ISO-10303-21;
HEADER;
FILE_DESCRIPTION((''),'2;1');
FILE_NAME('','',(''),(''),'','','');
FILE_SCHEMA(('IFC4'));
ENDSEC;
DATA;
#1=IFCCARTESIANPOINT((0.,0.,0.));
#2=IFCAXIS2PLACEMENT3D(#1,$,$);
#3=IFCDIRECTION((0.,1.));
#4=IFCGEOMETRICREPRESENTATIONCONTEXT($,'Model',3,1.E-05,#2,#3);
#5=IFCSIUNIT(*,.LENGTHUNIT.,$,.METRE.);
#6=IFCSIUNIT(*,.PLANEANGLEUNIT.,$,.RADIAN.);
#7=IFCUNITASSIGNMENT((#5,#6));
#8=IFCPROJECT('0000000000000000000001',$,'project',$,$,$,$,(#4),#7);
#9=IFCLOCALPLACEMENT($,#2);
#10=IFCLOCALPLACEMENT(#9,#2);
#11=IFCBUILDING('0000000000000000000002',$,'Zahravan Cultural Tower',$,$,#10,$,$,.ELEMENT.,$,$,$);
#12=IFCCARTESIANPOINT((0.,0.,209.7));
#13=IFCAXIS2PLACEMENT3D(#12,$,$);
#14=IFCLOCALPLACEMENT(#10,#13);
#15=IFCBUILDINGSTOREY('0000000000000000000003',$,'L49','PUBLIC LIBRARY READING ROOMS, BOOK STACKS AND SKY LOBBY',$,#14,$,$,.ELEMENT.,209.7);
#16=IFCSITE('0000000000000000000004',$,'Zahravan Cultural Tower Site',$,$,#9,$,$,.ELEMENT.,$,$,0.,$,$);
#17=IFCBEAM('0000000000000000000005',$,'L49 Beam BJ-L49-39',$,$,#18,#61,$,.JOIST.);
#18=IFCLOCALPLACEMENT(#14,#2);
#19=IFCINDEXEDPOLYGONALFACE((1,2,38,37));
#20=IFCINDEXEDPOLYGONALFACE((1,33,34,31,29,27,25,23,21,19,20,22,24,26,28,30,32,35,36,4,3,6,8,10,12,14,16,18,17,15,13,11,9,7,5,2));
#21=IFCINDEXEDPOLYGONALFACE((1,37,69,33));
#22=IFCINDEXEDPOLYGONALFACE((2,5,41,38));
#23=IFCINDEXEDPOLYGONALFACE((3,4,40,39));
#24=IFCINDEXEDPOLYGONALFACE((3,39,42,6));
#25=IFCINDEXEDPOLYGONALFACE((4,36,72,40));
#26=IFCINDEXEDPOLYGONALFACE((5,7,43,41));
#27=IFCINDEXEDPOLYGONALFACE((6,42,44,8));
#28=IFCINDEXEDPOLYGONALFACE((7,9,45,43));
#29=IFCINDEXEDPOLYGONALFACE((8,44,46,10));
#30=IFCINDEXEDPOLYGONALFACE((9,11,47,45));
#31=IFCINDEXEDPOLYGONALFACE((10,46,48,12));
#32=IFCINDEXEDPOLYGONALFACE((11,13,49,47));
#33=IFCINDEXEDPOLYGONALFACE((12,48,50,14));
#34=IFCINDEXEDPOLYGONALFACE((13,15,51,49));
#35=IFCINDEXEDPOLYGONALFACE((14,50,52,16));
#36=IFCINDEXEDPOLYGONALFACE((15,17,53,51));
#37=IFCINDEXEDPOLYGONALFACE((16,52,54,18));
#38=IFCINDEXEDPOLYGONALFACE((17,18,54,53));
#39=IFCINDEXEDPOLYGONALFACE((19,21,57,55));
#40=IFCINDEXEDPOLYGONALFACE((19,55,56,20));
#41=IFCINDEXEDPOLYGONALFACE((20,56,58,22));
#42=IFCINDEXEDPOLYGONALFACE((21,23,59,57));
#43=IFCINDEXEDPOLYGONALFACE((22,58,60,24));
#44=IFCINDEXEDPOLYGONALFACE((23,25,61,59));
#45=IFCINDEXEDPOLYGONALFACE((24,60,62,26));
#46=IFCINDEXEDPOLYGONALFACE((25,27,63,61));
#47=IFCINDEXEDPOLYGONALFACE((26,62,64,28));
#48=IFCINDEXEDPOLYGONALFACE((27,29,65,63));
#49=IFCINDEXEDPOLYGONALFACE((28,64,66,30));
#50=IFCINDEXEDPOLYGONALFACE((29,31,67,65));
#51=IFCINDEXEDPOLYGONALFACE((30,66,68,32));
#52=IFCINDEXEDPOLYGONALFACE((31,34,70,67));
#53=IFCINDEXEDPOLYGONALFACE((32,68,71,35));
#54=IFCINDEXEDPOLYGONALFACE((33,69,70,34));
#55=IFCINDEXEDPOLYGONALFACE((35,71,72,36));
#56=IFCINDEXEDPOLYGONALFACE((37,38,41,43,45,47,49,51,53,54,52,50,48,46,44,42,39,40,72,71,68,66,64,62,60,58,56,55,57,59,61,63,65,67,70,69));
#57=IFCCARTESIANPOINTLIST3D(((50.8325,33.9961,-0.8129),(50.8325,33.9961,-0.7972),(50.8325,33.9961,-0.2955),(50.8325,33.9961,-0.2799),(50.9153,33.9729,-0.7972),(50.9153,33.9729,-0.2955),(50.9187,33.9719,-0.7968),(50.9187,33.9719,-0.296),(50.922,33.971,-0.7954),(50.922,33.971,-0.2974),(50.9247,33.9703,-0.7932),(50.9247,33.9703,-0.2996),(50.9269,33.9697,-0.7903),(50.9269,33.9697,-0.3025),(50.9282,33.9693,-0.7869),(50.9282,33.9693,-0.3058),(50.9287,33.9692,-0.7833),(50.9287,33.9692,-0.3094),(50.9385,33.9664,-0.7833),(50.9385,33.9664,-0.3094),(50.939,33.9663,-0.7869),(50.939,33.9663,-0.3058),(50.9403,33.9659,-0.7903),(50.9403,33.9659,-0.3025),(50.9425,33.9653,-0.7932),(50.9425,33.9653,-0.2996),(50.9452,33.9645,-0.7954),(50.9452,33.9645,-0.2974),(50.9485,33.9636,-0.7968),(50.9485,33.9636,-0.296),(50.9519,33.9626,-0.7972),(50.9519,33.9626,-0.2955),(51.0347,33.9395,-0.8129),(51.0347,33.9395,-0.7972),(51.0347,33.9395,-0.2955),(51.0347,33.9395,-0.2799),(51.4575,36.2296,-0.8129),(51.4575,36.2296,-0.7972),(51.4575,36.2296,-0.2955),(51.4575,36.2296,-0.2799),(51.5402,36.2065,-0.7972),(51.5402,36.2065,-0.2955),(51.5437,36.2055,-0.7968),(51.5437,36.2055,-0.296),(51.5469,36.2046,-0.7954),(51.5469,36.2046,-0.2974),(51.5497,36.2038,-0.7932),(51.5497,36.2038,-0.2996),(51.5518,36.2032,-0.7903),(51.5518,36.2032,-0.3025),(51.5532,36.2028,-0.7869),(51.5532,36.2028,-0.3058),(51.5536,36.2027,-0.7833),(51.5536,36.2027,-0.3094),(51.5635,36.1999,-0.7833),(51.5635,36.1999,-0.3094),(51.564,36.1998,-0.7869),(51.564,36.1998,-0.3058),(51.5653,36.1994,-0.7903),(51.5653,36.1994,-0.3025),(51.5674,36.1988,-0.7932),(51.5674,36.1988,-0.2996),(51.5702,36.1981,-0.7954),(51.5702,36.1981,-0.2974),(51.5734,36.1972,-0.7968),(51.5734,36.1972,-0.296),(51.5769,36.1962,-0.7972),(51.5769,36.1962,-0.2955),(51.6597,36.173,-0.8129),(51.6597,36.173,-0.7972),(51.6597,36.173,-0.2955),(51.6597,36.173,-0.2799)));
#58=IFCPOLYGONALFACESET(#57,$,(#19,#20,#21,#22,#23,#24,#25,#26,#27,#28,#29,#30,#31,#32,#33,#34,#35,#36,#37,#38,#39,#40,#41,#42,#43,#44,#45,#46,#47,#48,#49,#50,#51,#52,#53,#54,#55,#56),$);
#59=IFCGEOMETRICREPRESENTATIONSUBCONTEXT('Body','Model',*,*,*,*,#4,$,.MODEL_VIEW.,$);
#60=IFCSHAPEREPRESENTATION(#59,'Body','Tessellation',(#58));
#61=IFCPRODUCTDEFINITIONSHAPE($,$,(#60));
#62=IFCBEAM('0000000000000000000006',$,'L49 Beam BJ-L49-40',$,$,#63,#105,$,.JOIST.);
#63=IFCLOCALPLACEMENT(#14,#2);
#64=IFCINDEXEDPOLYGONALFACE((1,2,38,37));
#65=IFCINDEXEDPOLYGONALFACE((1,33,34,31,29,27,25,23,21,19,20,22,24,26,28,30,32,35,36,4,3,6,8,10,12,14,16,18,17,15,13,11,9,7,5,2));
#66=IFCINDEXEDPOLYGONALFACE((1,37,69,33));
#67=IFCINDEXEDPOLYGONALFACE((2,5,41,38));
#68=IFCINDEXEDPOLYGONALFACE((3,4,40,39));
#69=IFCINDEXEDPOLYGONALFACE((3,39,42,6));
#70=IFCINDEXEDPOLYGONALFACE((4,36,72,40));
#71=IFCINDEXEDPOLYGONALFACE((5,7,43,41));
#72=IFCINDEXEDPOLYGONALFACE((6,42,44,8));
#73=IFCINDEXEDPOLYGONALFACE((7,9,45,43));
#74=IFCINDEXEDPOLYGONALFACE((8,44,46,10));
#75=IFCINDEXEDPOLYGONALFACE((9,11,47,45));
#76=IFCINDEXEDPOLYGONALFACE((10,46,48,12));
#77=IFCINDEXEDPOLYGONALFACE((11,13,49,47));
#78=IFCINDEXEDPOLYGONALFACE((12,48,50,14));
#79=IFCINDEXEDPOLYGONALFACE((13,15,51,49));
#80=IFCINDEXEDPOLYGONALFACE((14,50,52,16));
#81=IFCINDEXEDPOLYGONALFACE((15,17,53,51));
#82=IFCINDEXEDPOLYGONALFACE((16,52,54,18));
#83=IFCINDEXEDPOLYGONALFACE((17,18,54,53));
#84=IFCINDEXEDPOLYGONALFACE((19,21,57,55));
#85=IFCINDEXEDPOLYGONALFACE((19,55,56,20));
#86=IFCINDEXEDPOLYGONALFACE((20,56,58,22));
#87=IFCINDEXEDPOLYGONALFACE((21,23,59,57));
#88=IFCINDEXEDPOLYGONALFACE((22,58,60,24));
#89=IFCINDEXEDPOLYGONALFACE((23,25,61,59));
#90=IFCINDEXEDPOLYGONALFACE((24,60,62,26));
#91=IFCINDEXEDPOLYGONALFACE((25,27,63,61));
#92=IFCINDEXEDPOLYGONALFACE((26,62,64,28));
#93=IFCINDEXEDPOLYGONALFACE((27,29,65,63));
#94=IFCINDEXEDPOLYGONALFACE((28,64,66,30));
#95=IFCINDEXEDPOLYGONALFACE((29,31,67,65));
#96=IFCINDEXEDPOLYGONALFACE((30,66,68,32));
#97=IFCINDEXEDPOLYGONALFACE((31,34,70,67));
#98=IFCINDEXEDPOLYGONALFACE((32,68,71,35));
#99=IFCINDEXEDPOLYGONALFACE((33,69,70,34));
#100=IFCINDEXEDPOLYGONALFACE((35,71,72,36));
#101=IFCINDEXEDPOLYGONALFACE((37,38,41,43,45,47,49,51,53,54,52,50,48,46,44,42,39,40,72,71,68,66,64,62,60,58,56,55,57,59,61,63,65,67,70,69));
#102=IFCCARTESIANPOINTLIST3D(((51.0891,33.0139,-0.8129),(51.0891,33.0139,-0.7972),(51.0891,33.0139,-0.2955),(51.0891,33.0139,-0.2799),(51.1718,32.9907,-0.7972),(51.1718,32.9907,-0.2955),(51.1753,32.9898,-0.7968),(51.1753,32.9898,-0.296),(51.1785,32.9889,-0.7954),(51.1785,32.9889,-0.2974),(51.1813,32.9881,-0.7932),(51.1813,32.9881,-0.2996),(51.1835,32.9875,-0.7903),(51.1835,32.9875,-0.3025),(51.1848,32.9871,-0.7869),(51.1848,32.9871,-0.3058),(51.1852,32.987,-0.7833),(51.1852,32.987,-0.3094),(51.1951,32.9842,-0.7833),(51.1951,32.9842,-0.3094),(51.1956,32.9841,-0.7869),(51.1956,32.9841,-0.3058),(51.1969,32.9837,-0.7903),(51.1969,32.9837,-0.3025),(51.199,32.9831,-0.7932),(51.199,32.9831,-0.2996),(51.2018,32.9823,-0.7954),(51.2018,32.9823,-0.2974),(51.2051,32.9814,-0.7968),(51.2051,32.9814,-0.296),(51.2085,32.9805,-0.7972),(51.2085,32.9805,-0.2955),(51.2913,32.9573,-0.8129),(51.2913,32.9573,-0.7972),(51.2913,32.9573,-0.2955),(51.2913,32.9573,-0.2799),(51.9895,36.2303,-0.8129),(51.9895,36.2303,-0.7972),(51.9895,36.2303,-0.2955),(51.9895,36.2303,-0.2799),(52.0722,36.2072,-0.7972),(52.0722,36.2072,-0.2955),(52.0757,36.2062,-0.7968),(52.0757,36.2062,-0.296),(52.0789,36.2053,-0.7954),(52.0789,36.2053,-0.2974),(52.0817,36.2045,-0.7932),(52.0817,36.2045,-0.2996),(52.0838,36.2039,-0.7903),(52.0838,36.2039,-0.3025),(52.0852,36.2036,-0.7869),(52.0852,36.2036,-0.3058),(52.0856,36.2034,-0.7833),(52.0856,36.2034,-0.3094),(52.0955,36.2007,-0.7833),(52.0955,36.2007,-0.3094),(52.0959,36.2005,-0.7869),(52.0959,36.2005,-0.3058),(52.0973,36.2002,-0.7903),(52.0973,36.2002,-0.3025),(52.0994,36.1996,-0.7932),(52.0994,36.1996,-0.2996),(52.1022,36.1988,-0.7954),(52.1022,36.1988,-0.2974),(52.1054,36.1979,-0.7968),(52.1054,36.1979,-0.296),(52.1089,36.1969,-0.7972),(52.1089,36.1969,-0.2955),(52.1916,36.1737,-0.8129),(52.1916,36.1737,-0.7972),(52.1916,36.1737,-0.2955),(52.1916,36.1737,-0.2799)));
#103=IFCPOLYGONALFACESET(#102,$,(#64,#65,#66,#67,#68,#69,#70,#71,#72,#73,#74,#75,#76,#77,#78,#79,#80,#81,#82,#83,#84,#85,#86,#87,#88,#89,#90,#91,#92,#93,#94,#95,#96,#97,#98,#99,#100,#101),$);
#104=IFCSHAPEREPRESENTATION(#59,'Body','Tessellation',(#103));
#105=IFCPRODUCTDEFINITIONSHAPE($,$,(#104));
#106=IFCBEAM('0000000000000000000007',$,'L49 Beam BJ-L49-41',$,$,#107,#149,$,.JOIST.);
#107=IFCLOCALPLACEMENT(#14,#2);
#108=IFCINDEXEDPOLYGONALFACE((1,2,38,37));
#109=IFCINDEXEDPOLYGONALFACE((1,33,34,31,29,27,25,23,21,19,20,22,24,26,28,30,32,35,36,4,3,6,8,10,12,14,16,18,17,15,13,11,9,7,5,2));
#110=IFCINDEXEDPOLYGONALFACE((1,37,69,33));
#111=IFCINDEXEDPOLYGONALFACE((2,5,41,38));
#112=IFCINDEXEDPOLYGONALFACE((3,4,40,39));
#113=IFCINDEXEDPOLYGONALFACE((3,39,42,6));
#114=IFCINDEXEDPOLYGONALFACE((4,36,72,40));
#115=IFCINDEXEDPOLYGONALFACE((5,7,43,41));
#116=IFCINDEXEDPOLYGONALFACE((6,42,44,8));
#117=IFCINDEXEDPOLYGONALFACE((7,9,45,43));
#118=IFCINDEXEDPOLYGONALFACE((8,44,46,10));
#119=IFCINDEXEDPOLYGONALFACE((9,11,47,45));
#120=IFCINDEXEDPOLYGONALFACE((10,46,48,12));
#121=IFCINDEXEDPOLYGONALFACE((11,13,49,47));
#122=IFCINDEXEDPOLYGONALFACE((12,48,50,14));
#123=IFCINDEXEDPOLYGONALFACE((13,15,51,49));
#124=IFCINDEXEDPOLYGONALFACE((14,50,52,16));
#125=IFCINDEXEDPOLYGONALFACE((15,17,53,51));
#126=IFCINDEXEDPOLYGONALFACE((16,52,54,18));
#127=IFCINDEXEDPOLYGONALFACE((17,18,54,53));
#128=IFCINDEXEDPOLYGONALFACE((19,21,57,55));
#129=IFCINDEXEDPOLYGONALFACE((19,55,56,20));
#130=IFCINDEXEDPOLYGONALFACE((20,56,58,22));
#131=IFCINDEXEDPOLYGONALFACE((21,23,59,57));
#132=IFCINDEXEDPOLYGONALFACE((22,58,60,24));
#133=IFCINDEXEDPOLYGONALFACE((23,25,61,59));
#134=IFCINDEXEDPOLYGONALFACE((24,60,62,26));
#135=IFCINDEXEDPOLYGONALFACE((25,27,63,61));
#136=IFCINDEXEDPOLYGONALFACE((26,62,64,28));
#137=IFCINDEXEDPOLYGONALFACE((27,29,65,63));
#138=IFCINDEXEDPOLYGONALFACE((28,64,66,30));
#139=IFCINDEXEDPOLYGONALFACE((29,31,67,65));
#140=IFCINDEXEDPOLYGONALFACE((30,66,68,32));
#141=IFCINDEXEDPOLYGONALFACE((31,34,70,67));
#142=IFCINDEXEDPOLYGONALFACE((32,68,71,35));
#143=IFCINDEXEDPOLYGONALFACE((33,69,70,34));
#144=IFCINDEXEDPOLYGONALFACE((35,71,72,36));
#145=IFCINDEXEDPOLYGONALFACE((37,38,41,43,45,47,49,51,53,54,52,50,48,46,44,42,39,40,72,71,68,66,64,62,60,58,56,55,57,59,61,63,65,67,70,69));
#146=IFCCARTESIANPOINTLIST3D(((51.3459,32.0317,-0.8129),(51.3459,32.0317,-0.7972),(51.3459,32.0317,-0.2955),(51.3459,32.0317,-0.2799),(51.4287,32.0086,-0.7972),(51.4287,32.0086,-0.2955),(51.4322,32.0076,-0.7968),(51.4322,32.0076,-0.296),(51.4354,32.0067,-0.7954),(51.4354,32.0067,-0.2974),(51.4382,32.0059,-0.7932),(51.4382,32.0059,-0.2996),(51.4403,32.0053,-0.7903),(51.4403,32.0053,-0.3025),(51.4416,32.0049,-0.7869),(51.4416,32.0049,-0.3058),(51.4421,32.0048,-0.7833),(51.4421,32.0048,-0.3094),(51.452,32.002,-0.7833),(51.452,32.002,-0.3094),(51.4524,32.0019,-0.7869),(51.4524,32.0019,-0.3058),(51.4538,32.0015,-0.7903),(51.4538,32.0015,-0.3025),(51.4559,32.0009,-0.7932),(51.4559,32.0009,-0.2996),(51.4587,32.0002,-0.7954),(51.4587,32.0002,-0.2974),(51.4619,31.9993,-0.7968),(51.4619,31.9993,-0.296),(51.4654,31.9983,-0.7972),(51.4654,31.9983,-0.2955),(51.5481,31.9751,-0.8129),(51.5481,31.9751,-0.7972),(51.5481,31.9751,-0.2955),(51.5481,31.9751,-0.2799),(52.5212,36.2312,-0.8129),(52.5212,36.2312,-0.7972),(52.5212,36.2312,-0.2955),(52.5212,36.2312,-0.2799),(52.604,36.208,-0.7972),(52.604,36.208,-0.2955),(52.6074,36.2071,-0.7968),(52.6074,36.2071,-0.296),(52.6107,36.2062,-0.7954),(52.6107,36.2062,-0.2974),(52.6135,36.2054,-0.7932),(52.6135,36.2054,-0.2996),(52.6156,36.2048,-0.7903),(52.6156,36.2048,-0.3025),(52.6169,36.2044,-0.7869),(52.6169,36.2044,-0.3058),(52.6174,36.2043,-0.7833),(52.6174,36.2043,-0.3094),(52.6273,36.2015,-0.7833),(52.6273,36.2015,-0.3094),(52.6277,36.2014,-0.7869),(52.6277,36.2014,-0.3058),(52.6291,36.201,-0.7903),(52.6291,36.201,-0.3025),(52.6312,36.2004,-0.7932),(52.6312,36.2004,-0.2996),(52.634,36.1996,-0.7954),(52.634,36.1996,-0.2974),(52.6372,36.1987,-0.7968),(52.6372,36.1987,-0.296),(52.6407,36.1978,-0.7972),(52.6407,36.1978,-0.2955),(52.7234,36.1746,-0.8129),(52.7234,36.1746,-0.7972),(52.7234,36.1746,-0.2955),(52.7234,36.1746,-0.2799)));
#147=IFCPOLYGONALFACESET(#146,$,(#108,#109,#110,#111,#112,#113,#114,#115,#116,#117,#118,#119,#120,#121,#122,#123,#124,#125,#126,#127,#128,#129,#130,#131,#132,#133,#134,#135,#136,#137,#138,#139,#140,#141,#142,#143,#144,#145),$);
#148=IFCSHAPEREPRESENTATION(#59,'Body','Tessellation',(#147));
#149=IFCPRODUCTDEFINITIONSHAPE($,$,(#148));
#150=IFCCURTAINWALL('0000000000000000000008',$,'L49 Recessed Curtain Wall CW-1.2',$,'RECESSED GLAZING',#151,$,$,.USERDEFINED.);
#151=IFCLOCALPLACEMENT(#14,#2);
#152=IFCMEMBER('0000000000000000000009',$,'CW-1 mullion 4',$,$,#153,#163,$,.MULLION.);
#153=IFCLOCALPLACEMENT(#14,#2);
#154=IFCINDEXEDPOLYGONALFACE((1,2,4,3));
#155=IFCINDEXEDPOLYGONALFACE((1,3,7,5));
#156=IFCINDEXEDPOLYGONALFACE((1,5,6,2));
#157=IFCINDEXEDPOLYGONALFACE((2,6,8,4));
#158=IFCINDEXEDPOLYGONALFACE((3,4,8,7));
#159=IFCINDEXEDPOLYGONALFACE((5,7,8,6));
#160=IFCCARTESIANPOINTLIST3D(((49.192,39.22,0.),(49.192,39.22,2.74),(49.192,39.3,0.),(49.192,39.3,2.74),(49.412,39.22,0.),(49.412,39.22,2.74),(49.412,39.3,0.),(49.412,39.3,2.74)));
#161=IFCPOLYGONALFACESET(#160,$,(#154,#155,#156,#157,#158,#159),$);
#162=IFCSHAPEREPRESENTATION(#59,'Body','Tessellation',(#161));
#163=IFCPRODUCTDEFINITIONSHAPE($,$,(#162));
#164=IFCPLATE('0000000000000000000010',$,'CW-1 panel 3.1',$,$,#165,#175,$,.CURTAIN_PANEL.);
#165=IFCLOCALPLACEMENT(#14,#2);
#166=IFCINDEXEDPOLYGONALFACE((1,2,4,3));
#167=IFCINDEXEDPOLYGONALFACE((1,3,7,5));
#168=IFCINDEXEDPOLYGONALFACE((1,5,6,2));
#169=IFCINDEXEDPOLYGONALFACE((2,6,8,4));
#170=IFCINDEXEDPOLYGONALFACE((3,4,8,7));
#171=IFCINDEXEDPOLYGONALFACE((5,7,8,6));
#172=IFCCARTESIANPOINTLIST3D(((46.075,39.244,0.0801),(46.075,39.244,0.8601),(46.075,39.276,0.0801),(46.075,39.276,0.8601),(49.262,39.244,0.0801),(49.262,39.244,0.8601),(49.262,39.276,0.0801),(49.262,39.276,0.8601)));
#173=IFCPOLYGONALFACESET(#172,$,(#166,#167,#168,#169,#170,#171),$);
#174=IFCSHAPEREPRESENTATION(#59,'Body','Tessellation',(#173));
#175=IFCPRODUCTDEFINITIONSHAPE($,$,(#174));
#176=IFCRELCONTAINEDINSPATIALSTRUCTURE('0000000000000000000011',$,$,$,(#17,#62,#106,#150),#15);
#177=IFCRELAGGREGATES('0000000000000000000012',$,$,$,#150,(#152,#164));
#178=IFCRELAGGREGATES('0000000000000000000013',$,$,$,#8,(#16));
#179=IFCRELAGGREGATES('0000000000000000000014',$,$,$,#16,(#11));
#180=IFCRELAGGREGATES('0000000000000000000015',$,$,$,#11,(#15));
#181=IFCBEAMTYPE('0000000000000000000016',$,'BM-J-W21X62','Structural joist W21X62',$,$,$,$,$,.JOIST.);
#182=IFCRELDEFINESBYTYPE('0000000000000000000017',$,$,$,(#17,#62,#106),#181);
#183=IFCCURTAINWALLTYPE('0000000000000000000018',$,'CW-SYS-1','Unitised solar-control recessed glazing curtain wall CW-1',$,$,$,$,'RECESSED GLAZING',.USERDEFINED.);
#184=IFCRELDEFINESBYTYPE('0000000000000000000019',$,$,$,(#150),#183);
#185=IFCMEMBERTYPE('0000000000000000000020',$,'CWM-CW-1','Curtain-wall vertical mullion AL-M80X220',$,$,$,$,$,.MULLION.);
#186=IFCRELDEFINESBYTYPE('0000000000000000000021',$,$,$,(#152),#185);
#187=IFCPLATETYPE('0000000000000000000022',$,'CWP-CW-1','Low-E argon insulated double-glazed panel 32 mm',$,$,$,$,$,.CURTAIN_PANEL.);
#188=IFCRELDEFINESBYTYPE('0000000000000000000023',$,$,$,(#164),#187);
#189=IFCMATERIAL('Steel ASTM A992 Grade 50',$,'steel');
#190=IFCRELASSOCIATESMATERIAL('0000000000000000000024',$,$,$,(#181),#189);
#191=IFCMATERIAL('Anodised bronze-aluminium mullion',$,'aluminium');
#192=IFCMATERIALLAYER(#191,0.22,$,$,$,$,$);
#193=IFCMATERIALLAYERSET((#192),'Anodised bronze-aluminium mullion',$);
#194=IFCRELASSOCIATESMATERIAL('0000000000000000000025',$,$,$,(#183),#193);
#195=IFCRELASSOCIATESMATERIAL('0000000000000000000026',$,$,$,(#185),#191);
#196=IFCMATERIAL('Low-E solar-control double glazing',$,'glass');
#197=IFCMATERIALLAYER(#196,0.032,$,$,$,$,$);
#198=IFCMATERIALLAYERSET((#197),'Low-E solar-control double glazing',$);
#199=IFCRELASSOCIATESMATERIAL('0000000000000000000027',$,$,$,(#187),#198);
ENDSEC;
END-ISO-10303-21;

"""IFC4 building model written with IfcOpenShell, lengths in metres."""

from ifc_helpers import new_model, si_unit, direction, frame, origin, origin_2d, place, context, subcontext, project, spatial, rectangle, i_section, extrude, source, transform, mapped, material, layer, layer_set, material_profile, profile_set, type_object, element, aggregate, save


model = new_model("IFC4")

# Units and contexts
model_context = context("Model", 3, precision=1e-05, world=origin(), true_north=direction((0.0, 1.0)))
body_context = subcontext(model_context, "Body", "Model", "MODEL_VIEW")
ifc_project = project(units=[si_unit("LENGTHUNIT", "METRE"), si_unit("PLANEANGLEUNIT", "RADIAN")], contexts=[model_context])

# Site, building, storey
site_placement = place(None, origin())
site = spatial("IfcSite", under=ifc_project, at=site_placement, Name="Zahravan Cultural Tower Site", CompositionType="ELEMENT", RefElevation=0.0)
building_placement = place(site_placement, origin())
building = spatial("IfcBuilding", under=site, at=building_placement, Name="Zahravan Cultural Tower", CompositionType="ELEMENT")
storey_placement = place(building_placement, frame((0.0, 0.0, 209.7)))
storey = spatial("IfcBuildingStorey", under=building, at=storey_placement, Name="L49", Description="PUBLIC LIBRARY READING ROOMS, BOOK STACKS AND SKY LOBBY", CompositionType="ELEMENT", Elevation=209.7)

# Beams
ifc_material_1 = material(Name="Steel ASTM A992 Grade 50", Category="steel")
ifc_material_profile_1 = material_profile(ifc_material_1, i_section(OverallWidth=0.21, OverallDepth=0.533, WebThickness=0.0103, FlangeThickness=0.0156, FilletRadius=0.0139, at=origin_2d()), Name="W21X62")
ifc_profile_set_1 = profile_set([ifc_material_profile_1], Name="Steel ASTM A992 Grade 50")
beam_type_1 = type_object("IfcBeamType", Name="BM-J-W21X62", Description="Structural joist W21X62", PredefinedType="JOIST", material=ifc_profile_set_1)
shared_shape_1 = source(origin(), body_context, "Body", "SweptSolid", [
    extrude(i_section(OverallWidth=0.21, OverallDepth=0.533, WebThickness=0.0103, FlangeThickness=0.0156, FilletRadius=0.0139, at=origin_2d()), origin(), (0.0, 0.0, 1.0), 2.3193),
])
beam_1_placement = place(storey_placement, frame((50.9336, 33.9678, -0.5464), z_axis=(0.269462, 0.963011, 0.0), x_axis=(-0.963011, 0.269462, 0.0)))
element("IfcBeam", 1, at=beam_1_placement, inside=storey, type_object=beam_type_1, Name="L49 Beam BJ-L49-39", PredefinedType="JOIST", context=body_context, shape_type="MappedRepresentation", body=[
    mapped(shared_shape_1, transform((0.0, 0.0, 0.0), x_axis=(1.0, 0.0, 0.0), y_axis=(0.0, 1.0, 0.0), z_axis=(0.0, 0.0, 1.0), scale=1.0)),
])
shared_shape_2 = source(origin(), body_context, "Body", "SweptSolid", [
    extrude(i_section(OverallWidth=0.21, OverallDepth=0.533, WebThickness=0.0103, FlangeThickness=0.0156, FilletRadius=0.0139, at=origin_2d()), origin(), (0.0, 0.0, 1.0), 3.3401),
])
beam_2_placement = place(storey_placement, frame((51.1902, 32.9856, -0.5464), z_axis=(0.269562, 0.962983, 0.0), x_axis=(-0.962983, 0.269562, 0.0)))
element("IfcBeam", 2, at=beam_2_placement, inside=storey, type_object=beam_type_1, Name="L49 Beam BJ-L49-40", PredefinedType="JOIST", context=body_context, shape_type="MappedRepresentation", body=[
    mapped(shared_shape_2, transform((0.0, 0.0, 0.0), x_axis=(1.0, 0.0, 0.0), y_axis=(0.0, 1.0, 0.0), z_axis=(0.0, 0.0, 1.0), scale=1.0)),
])
shared_shape_3 = source(origin(), body_context, "Body", "SweptSolid", [
    extrude(i_section(OverallWidth=0.21, OverallDepth=0.533, WebThickness=0.0103, FlangeThickness=0.0156, FilletRadius=0.0139, at=origin_2d()), origin(), (0.0, 0.0, 1.0), 4.3608),
])
beam_3_placement = place(storey_placement, frame((51.447, 32.0034, -0.5464), z_axis=(0.269512, 0.962997, 0.0), x_axis=(-0.962997, 0.269512, 0.0)))
element("IfcBeam", 3, at=beam_3_placement, inside=storey, type_object=beam_type_1, Name="L49 Beam BJ-L49-41", PredefinedType="JOIST", context=body_context, shape_type="MappedRepresentation", body=[
    mapped(shared_shape_3, transform((0.0, 0.0, 0.0), x_axis=(1.0, 0.0, 0.0), y_axis=(0.0, 1.0, 0.0), z_axis=(0.0, 0.0, 1.0), scale=1.0)),
])

# Curtain wall, member, plate
ifc_material_2 = material(Name="Anodised bronze-aluminium mullion", Category="aluminium")
ifc_layer_1 = layer(ifc_material_2, 0.22)
ifc_layer_set_1 = layer_set([ifc_layer_1], Name="Anodised bronze-aluminium mullion")
curtain_wall_type = type_object("IfcCurtainWallType", Name="CW-SYS-1", Description="Unitised solar-control recessed glazing curtain wall CW-1", ElementType="RECESSED GLAZING", PredefinedType="USERDEFINED", material=ifc_layer_set_1)
curtain_wall_placement = place(storey_placement, origin())
curtain_wall = element("IfcCurtainWall", 4, at=curtain_wall_placement, inside=storey, type_object=curtain_wall_type, Name="L49 Recessed Curtain Wall CW-1.2", ObjectType="RECESSED GLAZING", PredefinedType="USERDEFINED")
ifc_material_profile_2 = material_profile(ifc_material_2, rectangle(XDim=0.0801, YDim=0.22, at=origin_2d()), Name="AL-M80X220")
ifc_profile_set_2 = profile_set([ifc_material_profile_2], Name="Anodised bronze-aluminium mullion")
member_type = type_object("IfcMemberType", Name="CWM-CW-1", Description="Curtain-wall vertical mullion AL-M80X220", PredefinedType="MULLION", material=ifc_profile_set_2)
shared_shape_4 = source(origin(), body_context, "Body", "SweptSolid", [
    extrude(rectangle(XDim=0.0801, YDim=0.22, at=origin_2d()), origin(), (0.0, 0.0, 1.0), 2.74),
])
member_placement = place(storey_placement, frame((49.302, 39.26, 0.0), z_axis=(0.0, 0.0, 1.0), x_axis=(0.0, 1.0, 0.0)))
member = element("IfcMember", 5, at=member_placement, type_object=member_type, Name="CW-1 mullion 4", PredefinedType="MULLION", context=body_context, shape_type="MappedRepresentation", body=[
    mapped(shared_shape_4, transform((0.0, 0.0, 0.0), x_axis=(1.0, 0.0, 0.0), y_axis=(0.0, 1.0, 0.0), z_axis=(0.0, 0.0, 1.0), scale=1.0)),
])
ifc_material_3 = material(Name="Low-E solar-control double glazing", Category="glass")
ifc_layer_2 = layer(ifc_material_3, 0.032)
ifc_layer_set_2 = layer_set([ifc_layer_2], Name="Low-E solar-control double glazing")
plate_type = type_object("IfcPlateType", Name="CWP-CW-1", Description="Low-E argon insulated double-glazed panel 32 mm", PredefinedType="CURTAIN_PANEL", material=ifc_layer_set_2)
shared_shape_5 = source(origin(), body_context, "Body", "SweptSolid", [
    extrude(rectangle(XDim=3.187, YDim=0.032, at=origin_2d()), origin(), (0.0, 0.0, 1.0), 0.78),
])
plate_1_placement = place(storey_placement, frame((47.6685, 39.26, 0.0801), z_axis=(0.0, 0.0, 1.0), x_axis=(1.0, 0.0, 0.0)))
plate_1 = element("IfcPlate", 6, at=plate_1_placement, type_object=plate_type, Name="CW-1 panel 3.1", PredefinedType="CURTAIN_PANEL", context=body_context, shape_type="MappedRepresentation", body=[
    mapped(shared_shape_5, transform((0.0, 0.0, 0.0), x_axis=(1.0, 0.0, 0.0), y_axis=(0.0, 1.0, 0.0), z_axis=(0.0, 0.0, 1.0), scale=1.0)),
])
aggregate(curtain_wall, [member, plate_1])

save(model, "model.ifc")
